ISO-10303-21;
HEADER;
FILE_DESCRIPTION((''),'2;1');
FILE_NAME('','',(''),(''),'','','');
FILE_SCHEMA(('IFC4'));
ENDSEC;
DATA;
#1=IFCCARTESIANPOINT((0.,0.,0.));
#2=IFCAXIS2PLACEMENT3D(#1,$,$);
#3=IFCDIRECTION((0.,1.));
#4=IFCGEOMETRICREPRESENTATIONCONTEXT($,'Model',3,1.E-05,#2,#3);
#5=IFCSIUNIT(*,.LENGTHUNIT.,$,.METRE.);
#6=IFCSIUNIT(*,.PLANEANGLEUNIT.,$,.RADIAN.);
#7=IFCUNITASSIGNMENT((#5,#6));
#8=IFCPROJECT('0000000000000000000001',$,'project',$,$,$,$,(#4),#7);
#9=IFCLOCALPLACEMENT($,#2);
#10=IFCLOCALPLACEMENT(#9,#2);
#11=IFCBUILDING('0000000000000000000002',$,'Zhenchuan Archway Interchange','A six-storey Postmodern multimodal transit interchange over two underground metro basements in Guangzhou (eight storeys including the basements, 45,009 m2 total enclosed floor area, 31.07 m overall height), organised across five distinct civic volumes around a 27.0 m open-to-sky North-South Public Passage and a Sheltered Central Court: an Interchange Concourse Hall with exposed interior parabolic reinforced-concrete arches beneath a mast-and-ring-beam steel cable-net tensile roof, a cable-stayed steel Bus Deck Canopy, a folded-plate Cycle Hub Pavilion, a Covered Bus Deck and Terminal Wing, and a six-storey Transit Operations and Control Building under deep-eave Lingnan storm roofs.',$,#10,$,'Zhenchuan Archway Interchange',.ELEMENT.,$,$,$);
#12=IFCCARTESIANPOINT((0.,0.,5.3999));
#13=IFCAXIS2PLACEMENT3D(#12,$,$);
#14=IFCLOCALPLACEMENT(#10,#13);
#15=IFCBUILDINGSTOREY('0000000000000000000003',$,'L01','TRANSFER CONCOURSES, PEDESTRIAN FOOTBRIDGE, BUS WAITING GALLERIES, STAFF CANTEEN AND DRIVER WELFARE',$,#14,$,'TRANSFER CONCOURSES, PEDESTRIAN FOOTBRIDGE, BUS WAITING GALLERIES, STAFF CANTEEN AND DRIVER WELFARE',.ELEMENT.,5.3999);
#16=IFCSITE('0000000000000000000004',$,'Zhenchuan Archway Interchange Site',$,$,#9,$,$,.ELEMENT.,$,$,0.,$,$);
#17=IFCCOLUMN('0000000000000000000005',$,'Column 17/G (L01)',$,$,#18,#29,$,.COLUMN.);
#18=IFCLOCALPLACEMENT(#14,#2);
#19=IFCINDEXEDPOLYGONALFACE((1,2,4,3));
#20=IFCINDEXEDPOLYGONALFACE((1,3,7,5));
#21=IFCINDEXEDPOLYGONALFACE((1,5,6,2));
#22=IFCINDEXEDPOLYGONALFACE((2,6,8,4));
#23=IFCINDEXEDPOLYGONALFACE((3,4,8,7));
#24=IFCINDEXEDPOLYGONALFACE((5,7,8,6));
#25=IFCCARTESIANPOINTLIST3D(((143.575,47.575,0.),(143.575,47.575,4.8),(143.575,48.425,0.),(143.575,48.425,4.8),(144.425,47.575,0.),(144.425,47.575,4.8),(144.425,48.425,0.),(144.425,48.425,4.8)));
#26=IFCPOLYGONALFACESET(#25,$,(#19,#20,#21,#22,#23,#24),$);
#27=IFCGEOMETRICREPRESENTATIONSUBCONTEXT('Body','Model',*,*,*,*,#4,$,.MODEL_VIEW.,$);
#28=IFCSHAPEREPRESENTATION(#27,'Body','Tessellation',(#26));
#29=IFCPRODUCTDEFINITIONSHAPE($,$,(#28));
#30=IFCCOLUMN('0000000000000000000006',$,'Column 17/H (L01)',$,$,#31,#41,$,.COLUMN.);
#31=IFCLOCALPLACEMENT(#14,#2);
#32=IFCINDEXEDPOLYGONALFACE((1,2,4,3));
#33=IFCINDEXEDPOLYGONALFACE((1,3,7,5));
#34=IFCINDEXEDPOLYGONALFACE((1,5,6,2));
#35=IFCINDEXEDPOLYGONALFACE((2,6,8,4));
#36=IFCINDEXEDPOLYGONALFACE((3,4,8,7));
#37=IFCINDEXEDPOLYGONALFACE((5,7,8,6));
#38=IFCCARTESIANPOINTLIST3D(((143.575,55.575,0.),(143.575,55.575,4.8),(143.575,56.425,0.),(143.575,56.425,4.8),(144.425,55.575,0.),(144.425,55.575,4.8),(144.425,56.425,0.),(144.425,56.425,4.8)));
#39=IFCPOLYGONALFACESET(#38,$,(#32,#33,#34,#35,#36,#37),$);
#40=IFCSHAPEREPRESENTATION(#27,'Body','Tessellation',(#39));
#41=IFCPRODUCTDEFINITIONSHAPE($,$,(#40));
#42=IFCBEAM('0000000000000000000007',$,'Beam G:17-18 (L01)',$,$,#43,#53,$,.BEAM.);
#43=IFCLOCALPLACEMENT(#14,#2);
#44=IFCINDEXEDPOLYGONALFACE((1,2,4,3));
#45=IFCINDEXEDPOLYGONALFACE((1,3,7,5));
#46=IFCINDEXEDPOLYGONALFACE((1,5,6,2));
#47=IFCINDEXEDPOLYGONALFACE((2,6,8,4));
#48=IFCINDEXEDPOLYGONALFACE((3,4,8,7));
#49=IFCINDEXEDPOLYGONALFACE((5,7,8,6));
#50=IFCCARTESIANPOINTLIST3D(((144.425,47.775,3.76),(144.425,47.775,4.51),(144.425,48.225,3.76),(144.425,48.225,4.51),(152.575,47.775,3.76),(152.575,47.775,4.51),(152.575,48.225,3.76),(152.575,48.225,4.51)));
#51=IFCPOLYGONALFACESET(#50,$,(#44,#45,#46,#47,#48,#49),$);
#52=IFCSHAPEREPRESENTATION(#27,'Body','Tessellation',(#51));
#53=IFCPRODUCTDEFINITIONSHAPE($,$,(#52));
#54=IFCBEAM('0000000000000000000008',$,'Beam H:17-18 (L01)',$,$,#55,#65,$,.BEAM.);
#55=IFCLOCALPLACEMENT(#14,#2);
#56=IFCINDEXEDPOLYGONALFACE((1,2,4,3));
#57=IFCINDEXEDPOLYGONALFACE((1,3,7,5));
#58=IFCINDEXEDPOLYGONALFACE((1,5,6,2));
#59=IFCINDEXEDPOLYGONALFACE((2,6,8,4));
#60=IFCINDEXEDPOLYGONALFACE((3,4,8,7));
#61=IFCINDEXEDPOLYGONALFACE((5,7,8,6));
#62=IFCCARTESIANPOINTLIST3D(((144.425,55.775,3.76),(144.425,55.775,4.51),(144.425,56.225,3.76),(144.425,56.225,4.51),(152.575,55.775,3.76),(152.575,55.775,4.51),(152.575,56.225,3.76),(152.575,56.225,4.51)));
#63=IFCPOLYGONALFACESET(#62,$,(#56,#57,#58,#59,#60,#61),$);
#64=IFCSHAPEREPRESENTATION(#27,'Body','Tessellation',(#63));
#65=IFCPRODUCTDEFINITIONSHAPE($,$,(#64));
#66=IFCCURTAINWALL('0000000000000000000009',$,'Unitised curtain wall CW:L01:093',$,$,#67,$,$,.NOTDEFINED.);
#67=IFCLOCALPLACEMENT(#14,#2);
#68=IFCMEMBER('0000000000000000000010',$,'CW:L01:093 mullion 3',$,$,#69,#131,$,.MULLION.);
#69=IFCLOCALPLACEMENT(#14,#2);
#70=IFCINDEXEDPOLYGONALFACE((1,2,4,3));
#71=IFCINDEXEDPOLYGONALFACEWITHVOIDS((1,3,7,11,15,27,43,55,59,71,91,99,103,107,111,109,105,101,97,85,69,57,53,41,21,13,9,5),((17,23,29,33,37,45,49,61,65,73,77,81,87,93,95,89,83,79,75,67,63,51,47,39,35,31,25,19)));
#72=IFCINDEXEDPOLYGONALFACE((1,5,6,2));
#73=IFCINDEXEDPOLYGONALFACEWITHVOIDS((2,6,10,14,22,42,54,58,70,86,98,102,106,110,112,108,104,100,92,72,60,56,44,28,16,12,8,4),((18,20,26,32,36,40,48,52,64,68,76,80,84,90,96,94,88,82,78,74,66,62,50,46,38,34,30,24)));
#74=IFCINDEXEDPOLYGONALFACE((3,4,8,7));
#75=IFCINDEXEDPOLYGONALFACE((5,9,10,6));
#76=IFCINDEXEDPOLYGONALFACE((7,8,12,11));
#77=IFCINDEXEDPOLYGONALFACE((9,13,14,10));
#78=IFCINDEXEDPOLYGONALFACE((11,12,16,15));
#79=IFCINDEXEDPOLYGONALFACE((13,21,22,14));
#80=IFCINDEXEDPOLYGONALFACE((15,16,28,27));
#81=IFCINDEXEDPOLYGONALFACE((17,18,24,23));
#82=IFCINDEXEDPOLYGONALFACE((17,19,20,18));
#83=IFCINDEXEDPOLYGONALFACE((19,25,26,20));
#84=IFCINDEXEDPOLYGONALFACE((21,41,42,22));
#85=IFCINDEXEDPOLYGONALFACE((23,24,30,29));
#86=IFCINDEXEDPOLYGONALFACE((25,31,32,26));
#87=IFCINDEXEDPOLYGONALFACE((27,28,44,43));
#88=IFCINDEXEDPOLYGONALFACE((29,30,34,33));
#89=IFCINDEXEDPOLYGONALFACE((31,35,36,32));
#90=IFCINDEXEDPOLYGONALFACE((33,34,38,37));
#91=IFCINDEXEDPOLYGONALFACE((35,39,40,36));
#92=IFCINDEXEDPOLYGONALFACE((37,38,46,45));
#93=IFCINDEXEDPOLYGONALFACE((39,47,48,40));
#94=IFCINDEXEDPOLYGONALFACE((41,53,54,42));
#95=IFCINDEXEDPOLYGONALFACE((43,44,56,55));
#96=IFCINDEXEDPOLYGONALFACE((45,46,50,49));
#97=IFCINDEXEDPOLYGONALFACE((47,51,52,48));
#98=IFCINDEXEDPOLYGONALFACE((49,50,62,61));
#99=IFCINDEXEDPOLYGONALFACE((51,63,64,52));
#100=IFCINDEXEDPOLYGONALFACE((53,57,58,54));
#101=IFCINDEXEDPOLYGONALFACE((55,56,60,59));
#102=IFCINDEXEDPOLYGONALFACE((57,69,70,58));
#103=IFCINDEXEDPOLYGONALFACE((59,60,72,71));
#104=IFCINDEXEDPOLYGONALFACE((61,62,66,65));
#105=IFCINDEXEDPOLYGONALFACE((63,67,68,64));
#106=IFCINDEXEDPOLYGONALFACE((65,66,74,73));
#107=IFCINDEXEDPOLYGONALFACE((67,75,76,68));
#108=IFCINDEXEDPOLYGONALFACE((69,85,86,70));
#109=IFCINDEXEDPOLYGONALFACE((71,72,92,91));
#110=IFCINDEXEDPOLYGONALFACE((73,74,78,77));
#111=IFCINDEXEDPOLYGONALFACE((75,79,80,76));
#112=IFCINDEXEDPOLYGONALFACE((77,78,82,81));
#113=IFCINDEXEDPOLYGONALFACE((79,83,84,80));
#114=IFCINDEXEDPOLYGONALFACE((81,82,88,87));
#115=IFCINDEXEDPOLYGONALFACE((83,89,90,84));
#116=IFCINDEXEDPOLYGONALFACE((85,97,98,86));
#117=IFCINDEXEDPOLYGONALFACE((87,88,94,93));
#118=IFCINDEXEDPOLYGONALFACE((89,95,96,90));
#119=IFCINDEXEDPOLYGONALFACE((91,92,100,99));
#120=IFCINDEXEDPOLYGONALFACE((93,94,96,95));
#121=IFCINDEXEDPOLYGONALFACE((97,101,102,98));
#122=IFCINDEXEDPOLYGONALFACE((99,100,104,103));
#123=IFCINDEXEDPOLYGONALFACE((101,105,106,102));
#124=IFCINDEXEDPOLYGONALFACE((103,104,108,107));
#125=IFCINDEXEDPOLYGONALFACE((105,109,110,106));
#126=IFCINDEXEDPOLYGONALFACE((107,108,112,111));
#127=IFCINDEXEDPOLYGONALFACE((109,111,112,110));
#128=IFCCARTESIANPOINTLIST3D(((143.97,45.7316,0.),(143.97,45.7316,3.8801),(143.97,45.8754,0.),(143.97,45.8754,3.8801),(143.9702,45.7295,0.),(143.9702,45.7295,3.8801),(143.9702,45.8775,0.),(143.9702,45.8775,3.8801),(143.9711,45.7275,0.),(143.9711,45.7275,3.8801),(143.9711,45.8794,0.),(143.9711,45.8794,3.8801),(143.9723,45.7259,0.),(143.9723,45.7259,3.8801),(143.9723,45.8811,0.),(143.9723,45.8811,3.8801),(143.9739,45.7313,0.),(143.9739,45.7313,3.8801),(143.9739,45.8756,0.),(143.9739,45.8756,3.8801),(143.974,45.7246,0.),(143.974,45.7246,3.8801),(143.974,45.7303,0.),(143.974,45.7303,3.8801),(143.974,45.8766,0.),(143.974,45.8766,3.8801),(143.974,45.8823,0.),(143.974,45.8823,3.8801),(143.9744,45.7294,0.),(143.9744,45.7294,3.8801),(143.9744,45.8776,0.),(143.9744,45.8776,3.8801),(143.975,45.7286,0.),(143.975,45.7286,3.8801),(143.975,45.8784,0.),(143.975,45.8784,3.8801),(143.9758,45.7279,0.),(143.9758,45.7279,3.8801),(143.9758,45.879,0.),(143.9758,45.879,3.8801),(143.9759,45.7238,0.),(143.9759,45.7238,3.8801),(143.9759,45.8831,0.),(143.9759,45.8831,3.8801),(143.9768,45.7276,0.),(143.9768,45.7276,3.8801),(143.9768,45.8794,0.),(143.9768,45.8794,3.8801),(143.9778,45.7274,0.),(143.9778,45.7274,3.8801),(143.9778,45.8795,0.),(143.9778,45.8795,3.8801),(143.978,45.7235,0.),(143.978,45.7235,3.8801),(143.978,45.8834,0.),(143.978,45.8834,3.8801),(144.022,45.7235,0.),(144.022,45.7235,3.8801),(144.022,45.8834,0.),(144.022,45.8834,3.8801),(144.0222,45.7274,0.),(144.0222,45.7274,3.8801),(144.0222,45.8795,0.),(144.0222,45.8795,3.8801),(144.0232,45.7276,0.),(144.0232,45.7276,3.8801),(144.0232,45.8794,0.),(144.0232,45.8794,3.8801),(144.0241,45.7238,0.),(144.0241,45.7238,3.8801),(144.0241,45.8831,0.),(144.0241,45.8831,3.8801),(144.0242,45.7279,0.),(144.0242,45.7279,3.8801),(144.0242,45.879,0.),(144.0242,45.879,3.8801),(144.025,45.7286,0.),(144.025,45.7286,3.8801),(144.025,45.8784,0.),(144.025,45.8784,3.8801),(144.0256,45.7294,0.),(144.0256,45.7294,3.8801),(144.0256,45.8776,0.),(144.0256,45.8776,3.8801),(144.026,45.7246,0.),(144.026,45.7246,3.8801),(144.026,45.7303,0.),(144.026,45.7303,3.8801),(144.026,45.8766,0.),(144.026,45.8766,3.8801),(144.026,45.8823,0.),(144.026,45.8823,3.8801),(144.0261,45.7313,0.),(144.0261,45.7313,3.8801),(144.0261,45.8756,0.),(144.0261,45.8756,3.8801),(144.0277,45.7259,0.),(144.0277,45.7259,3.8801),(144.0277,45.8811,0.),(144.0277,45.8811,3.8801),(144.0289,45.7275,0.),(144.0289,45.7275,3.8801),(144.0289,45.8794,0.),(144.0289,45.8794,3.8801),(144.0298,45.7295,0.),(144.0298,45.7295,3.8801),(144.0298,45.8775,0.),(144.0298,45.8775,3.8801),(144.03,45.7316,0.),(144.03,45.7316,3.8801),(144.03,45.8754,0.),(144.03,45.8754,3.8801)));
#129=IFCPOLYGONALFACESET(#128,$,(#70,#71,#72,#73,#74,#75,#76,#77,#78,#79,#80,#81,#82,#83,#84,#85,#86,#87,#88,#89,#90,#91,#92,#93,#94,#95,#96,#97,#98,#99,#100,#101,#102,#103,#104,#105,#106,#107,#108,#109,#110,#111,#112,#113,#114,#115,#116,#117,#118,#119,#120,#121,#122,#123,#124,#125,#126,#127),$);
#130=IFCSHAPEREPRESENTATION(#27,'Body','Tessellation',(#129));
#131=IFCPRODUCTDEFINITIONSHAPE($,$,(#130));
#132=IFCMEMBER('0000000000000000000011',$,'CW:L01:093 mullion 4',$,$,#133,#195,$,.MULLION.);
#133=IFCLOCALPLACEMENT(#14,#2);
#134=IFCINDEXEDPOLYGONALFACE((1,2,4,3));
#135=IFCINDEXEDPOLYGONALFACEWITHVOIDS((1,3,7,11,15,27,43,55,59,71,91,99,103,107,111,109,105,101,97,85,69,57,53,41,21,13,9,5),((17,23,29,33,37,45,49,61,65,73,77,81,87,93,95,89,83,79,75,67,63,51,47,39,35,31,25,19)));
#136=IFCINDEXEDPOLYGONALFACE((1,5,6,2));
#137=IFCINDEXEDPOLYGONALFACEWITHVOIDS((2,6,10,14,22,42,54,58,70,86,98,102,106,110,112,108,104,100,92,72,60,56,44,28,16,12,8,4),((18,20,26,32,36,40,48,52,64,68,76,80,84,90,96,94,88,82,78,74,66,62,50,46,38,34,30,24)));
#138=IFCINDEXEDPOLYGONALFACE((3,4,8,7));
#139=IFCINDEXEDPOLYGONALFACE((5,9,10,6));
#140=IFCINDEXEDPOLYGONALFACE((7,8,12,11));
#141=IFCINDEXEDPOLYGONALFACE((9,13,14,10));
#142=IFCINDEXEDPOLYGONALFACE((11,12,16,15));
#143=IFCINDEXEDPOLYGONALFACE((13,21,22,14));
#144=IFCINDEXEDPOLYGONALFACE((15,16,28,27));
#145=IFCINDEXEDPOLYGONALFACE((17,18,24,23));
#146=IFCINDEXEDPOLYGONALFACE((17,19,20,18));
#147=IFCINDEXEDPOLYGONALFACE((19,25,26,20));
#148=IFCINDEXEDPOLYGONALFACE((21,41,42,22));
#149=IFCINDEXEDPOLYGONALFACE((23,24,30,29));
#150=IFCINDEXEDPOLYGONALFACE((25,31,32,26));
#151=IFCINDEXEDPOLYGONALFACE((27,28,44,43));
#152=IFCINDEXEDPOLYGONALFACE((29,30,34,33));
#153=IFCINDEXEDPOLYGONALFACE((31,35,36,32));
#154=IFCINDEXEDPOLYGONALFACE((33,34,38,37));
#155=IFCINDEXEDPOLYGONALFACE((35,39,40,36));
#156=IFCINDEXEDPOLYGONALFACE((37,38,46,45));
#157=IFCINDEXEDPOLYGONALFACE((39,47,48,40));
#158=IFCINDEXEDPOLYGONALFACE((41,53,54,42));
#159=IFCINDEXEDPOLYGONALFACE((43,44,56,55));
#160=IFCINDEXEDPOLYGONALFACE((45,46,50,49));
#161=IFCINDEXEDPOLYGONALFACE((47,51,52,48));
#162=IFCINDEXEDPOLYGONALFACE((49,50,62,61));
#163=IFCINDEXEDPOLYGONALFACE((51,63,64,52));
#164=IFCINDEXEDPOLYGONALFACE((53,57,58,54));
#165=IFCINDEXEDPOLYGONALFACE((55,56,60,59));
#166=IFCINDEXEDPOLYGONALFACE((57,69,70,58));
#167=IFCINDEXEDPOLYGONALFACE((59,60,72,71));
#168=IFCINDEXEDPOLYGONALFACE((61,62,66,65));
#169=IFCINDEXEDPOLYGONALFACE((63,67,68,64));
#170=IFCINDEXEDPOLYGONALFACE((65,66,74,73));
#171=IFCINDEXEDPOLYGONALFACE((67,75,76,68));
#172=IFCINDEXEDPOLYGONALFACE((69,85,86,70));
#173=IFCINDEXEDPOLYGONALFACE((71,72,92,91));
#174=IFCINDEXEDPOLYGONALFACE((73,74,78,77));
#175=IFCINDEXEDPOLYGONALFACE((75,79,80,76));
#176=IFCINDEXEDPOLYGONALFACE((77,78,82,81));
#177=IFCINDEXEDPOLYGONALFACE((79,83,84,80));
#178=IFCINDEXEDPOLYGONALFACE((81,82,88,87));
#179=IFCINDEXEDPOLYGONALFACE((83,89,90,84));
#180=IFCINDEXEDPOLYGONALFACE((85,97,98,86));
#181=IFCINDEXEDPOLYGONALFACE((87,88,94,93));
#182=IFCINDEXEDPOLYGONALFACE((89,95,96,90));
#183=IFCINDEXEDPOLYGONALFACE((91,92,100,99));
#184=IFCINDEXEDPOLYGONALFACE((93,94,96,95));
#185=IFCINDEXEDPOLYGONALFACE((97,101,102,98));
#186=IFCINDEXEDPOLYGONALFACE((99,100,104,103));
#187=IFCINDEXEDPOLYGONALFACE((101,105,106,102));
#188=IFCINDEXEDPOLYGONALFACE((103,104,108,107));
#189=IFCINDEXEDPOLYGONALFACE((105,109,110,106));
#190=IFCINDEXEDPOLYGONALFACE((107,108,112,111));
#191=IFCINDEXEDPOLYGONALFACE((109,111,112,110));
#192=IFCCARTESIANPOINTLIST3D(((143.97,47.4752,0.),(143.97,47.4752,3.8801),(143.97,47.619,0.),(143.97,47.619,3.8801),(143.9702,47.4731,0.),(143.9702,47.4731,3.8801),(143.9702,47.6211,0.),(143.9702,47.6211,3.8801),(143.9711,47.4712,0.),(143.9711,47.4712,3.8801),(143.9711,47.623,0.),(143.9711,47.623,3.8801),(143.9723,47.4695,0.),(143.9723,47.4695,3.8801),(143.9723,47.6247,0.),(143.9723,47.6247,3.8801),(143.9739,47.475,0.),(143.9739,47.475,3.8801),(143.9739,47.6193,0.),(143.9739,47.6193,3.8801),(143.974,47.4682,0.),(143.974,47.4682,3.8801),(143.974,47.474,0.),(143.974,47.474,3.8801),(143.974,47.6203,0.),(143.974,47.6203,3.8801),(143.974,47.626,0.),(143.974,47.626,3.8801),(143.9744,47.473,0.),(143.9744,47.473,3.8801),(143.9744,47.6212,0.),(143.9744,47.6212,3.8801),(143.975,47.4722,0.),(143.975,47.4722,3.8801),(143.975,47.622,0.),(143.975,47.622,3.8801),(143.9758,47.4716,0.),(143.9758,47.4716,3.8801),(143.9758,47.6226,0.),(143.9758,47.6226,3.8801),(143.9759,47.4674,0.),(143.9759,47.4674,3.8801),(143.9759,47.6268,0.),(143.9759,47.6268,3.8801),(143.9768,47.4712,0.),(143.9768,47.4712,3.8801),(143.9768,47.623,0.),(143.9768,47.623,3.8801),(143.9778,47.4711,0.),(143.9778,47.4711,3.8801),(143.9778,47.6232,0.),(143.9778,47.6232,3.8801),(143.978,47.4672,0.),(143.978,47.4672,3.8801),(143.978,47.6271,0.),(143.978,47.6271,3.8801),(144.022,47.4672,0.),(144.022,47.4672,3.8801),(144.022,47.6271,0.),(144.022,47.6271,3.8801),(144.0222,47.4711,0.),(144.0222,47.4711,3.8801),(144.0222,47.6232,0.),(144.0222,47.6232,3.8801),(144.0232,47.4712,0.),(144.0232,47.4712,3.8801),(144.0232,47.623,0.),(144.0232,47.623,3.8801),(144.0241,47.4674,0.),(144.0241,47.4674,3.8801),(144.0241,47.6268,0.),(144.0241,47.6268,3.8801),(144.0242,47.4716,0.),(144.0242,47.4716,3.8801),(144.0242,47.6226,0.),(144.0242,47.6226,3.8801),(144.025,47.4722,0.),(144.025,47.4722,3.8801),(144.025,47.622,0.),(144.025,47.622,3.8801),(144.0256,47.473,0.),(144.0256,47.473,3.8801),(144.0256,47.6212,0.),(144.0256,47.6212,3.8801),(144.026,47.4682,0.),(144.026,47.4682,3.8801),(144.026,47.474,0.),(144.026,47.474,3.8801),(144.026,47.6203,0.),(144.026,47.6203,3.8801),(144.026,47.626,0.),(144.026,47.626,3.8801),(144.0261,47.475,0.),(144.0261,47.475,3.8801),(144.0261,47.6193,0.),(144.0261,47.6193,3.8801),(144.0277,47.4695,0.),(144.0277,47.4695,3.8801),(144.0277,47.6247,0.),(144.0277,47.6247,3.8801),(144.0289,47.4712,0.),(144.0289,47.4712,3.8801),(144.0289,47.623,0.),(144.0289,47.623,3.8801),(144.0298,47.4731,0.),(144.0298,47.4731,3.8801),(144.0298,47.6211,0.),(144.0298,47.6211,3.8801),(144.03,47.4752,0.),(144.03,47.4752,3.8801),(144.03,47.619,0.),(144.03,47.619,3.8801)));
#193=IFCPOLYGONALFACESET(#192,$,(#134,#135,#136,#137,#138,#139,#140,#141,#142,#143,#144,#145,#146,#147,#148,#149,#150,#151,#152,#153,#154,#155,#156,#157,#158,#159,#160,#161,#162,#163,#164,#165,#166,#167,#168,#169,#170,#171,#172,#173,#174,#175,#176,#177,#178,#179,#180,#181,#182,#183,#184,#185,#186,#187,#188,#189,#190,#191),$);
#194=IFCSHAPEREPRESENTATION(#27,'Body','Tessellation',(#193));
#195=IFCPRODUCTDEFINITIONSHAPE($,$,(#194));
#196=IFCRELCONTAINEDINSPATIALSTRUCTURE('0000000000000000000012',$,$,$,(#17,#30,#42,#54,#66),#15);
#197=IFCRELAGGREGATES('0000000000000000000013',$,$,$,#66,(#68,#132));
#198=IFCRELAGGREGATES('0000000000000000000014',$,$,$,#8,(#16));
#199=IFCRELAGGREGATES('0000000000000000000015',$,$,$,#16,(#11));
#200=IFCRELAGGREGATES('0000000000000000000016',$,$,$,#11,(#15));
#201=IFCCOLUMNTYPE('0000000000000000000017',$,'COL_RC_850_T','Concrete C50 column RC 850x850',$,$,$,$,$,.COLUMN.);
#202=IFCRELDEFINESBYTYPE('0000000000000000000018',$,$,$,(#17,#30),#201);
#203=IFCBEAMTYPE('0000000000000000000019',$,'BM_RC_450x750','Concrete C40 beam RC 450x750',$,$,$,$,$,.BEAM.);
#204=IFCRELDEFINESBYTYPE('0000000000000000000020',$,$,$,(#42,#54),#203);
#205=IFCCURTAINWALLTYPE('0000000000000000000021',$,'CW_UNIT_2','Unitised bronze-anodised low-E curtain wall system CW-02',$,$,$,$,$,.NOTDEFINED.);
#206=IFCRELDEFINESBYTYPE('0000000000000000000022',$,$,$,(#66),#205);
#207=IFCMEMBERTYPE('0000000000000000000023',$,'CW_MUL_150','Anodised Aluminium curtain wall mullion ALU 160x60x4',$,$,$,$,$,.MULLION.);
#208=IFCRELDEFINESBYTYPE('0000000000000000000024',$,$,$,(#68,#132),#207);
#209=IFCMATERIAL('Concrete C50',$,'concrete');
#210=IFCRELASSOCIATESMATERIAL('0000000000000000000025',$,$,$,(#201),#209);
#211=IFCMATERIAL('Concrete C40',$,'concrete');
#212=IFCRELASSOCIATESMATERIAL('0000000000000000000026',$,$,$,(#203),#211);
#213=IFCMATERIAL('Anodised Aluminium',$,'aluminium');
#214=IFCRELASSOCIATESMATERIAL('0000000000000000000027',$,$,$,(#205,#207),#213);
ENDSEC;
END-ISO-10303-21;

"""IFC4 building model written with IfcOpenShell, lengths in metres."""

from ifc_helpers import new_model, si_unit, direction, frame, origin, origin_2d, place, context, subcontext, project, spatial, rectangle, hollow_rectangle, extrude, material, material_profile, profile_set, type_object, element, aggregate, save


model = new_model("IFC4")

# Units and contexts
model_context = context("Model", 3, precision=1e-05, world=origin(), true_north=direction((0.0, 1.0)))
body_context = subcontext(model_context, "Body", "Model", "MODEL_VIEW")
ifc_project = project(units=[si_unit("LENGTHUNIT", "METRE"), si_unit("PLANEANGLEUNIT", "RADIAN")], contexts=[model_context])

# Site, building, storey
site_placement = place(None, origin())
site = spatial("IfcSite", under=ifc_project, at=site_placement, Name="Zhenchuan Archway Interchange Site", CompositionType="ELEMENT", RefElevation=0.0)
building_placement = place(site_placement, origin())
building = spatial("IfcBuilding", under=site, at=building_placement, Name="Zhenchuan Archway Interchange", Description="A six-storey Postmodern multimodal transit interchange over two underground metro basements in Guangzhou (eight storeys including the basements, 45,009 m2 total enclosed floor area, 31.07 m overall height), organised across five distinct civic volumes around a 27.0 m open-to-sky North-South Public Passage and a Sheltered Central Court: an Interchange Concourse Hall with exposed interior parabolic reinforced-concrete arches beneath a mast-and-ring-beam steel cable-net tensile roof, a cable-stayed steel Bus Deck Canopy, a folded-plate Cycle Hub Pavilion, a Covered Bus Deck and Terminal Wing, and a six-storey Transit Operations and Control Building under deep-eave Lingnan storm roofs.", LongName="Zhenchuan Archway Interchange", CompositionType="ELEMENT")
storey_placement = place(building_placement, frame((0.0, 0.0, 5.3999)))
storey = spatial("IfcBuildingStorey", under=building, at=storey_placement, Name="L01", Description="TRANSFER CONCOURSES, PEDESTRIAN FOOTBRIDGE, BUS WAITING GALLERIES, STAFF CANTEEN AND DRIVER WELFARE", LongName="TRANSFER CONCOURSES, PEDESTRIAN FOOTBRIDGE, BUS WAITING GALLERIES, STAFF CANTEEN AND DRIVER WELFARE", CompositionType="ELEMENT", Elevation=5.3999)

# Columns
ifc_material_1 = material(Name="Concrete C50", Category="concrete")
ifc_material_profile_1 = material_profile(ifc_material_1, rectangle(XDim=0.8501, YDim=0.8501, at=origin_2d()), Name="RC 850x850")
ifc_profile_set_1 = profile_set([ifc_material_profile_1], Name="Concrete C50")
column_type = type_object("IfcColumnType", Name="COL_RC_850_T", Description="Concrete C50 column RC 850x850", PredefinedType="COLUMN", material=ifc_profile_set_1)
for number, where, z_axis, x_axis, name in (
    (1, (144.0, 48.0, 0.0), (0.0, 0.0, 1.0), (1.0, 0.0, 0.0), "Column 17/G (L01)"),
    (2, (144.0, 56.0, 0.0), (0.0, 0.0, 1.0), (1.0, 0.0, 0.0), "Column 17/H (L01)"),
):
    element("IfcColumn", number, at=place(storey_placement, frame(where, z_axis=z_axis, x_axis=x_axis)), inside=storey, type_object=column_type, Name=name, PredefinedType="COLUMN", context=body_context, shape_type="SweptSolid", body=[
        extrude(rectangle(XDim=0.8501, YDim=0.8501, at=origin_2d()), origin(), (0.0, 0.0, 1.0), 4.8),
    ])

# Beams
ifc_material_2 = material(Name="Concrete C40", Category="concrete")
ifc_material_profile_2 = material_profile(ifc_material_2, rectangle(XDim=0.45, YDim=0.75, at=origin_2d()), Name="RC 450x750")
ifc_profile_set_2 = profile_set([ifc_material_profile_2], Name="Concrete C40")
beam_type_1 = type_object("IfcBeamType", Name="BM_RC_450x750", Description="Concrete C40 beam RC 450x750", PredefinedType="BEAM", material=ifc_profile_set_2)
for number, where, z_axis, x_axis, name in (
    (3, (144.425, 48.0, 4.135), (1.0, 0.0, 0.0), (0.0, 1.0, 0.0), "Beam G:17-18 (L01)"),
    (4, (144.425, 56.0, 4.135), (1.0, 0.0, 0.0), (0.0, 1.0, 0.0), "Beam H:17-18 (L01)"),
):
    element("IfcBeam", number, at=place(storey_placement, frame(where, z_axis=z_axis, x_axis=x_axis)), inside=storey, type_object=beam_type_1, Name=name, PredefinedType="BEAM", context=body_context, shape_type="SweptSolid", body=[
        extrude(rectangle(XDim=0.45, YDim=0.75, at=origin_2d()), origin(), (0.0, 0.0, 1.0), 8.1499),
    ])

# Curtain wall, members
ifc_material_3 = material(Name="Anodised Aluminium", Category="aluminium")
curtain_wall_type = type_object("IfcCurtainWallType", Name="CW_UNIT_2", Description="Unitised bronze-anodised low-E curtain wall system CW-02", PredefinedType="NOTDEFINED", material=ifc_material_3)
curtain_wall_placement = place(storey_placement, origin())
curtain_wall = element("IfcCurtainWall", 5, at=curtain_wall_placement, inside=storey, type_object=curtain_wall_type, Name="Unitised curtain wall CW:L01:093", PredefinedType="NOTDEFINED")
ifc_material_profile_3 = material_profile(ifc_material_3, hollow_rectangle(XDim=0.0601, YDim=0.1599, WallThickness=0.0039, InnerFilletRadius=0.0039, OuterFilletRadius=0.0081, at=origin_2d()), Name="ALU 160x60x4")
ifc_profile_set_3 = profile_set([ifc_material_profile_3], Name="Anodised Aluminium")
member_type_1 = type_object("IfcMemberType", Name="CW_MUL_150", Description="Anodised Aluminium curtain wall mullion ALU 160x60x4", PredefinedType="MULLION", material=ifc_profile_set_3)
member_1_placement = place(storey_placement, frame((144.0, 45.8035, 0.0), z_axis=(0.0, 0.0, 1.0), x_axis=(1.0, 0.0, 0.0)))
member_1 = element("IfcMember", 6, at=member_1_placement, type_object=member_type_1, Name="CW:L01:093 mullion 3", PredefinedType="MULLION", context=body_context, shape_type="SweptSolid", body=[
    extrude(hollow_rectangle(XDim=0.0601, YDim=0.1599, WallThickness=0.0039, InnerFilletRadius=0.0039, OuterFilletRadius=0.0081, at=origin_2d()), origin(), (0.0, 0.0, 1.0), 3.8801),
])
member_2_placement = place(storey_placement, frame((144.0, 47.5471, 0.0), z_axis=(0.0, 0.0, 1.0), x_axis=(1.0, 0.0, 0.0)))
member_2 = element("IfcMember", 7, at=member_2_placement, type_object=member_type_1, Name="CW:L01:093 mullion 4", PredefinedType="MULLION", context=body_context, shape_type="SweptSolid", body=[
    extrude(hollow_rectangle(XDim=0.0601, YDim=0.1599, WallThickness=0.0039, InnerFilletRadius=0.0039, OuterFilletRadius=0.0081, at=origin_2d()), origin(), (0.0, 0.0, 1.0), 3.8801),
])

aggregate(curtain_wall, [member_1, member_2])

save(model, "model.ifc")
